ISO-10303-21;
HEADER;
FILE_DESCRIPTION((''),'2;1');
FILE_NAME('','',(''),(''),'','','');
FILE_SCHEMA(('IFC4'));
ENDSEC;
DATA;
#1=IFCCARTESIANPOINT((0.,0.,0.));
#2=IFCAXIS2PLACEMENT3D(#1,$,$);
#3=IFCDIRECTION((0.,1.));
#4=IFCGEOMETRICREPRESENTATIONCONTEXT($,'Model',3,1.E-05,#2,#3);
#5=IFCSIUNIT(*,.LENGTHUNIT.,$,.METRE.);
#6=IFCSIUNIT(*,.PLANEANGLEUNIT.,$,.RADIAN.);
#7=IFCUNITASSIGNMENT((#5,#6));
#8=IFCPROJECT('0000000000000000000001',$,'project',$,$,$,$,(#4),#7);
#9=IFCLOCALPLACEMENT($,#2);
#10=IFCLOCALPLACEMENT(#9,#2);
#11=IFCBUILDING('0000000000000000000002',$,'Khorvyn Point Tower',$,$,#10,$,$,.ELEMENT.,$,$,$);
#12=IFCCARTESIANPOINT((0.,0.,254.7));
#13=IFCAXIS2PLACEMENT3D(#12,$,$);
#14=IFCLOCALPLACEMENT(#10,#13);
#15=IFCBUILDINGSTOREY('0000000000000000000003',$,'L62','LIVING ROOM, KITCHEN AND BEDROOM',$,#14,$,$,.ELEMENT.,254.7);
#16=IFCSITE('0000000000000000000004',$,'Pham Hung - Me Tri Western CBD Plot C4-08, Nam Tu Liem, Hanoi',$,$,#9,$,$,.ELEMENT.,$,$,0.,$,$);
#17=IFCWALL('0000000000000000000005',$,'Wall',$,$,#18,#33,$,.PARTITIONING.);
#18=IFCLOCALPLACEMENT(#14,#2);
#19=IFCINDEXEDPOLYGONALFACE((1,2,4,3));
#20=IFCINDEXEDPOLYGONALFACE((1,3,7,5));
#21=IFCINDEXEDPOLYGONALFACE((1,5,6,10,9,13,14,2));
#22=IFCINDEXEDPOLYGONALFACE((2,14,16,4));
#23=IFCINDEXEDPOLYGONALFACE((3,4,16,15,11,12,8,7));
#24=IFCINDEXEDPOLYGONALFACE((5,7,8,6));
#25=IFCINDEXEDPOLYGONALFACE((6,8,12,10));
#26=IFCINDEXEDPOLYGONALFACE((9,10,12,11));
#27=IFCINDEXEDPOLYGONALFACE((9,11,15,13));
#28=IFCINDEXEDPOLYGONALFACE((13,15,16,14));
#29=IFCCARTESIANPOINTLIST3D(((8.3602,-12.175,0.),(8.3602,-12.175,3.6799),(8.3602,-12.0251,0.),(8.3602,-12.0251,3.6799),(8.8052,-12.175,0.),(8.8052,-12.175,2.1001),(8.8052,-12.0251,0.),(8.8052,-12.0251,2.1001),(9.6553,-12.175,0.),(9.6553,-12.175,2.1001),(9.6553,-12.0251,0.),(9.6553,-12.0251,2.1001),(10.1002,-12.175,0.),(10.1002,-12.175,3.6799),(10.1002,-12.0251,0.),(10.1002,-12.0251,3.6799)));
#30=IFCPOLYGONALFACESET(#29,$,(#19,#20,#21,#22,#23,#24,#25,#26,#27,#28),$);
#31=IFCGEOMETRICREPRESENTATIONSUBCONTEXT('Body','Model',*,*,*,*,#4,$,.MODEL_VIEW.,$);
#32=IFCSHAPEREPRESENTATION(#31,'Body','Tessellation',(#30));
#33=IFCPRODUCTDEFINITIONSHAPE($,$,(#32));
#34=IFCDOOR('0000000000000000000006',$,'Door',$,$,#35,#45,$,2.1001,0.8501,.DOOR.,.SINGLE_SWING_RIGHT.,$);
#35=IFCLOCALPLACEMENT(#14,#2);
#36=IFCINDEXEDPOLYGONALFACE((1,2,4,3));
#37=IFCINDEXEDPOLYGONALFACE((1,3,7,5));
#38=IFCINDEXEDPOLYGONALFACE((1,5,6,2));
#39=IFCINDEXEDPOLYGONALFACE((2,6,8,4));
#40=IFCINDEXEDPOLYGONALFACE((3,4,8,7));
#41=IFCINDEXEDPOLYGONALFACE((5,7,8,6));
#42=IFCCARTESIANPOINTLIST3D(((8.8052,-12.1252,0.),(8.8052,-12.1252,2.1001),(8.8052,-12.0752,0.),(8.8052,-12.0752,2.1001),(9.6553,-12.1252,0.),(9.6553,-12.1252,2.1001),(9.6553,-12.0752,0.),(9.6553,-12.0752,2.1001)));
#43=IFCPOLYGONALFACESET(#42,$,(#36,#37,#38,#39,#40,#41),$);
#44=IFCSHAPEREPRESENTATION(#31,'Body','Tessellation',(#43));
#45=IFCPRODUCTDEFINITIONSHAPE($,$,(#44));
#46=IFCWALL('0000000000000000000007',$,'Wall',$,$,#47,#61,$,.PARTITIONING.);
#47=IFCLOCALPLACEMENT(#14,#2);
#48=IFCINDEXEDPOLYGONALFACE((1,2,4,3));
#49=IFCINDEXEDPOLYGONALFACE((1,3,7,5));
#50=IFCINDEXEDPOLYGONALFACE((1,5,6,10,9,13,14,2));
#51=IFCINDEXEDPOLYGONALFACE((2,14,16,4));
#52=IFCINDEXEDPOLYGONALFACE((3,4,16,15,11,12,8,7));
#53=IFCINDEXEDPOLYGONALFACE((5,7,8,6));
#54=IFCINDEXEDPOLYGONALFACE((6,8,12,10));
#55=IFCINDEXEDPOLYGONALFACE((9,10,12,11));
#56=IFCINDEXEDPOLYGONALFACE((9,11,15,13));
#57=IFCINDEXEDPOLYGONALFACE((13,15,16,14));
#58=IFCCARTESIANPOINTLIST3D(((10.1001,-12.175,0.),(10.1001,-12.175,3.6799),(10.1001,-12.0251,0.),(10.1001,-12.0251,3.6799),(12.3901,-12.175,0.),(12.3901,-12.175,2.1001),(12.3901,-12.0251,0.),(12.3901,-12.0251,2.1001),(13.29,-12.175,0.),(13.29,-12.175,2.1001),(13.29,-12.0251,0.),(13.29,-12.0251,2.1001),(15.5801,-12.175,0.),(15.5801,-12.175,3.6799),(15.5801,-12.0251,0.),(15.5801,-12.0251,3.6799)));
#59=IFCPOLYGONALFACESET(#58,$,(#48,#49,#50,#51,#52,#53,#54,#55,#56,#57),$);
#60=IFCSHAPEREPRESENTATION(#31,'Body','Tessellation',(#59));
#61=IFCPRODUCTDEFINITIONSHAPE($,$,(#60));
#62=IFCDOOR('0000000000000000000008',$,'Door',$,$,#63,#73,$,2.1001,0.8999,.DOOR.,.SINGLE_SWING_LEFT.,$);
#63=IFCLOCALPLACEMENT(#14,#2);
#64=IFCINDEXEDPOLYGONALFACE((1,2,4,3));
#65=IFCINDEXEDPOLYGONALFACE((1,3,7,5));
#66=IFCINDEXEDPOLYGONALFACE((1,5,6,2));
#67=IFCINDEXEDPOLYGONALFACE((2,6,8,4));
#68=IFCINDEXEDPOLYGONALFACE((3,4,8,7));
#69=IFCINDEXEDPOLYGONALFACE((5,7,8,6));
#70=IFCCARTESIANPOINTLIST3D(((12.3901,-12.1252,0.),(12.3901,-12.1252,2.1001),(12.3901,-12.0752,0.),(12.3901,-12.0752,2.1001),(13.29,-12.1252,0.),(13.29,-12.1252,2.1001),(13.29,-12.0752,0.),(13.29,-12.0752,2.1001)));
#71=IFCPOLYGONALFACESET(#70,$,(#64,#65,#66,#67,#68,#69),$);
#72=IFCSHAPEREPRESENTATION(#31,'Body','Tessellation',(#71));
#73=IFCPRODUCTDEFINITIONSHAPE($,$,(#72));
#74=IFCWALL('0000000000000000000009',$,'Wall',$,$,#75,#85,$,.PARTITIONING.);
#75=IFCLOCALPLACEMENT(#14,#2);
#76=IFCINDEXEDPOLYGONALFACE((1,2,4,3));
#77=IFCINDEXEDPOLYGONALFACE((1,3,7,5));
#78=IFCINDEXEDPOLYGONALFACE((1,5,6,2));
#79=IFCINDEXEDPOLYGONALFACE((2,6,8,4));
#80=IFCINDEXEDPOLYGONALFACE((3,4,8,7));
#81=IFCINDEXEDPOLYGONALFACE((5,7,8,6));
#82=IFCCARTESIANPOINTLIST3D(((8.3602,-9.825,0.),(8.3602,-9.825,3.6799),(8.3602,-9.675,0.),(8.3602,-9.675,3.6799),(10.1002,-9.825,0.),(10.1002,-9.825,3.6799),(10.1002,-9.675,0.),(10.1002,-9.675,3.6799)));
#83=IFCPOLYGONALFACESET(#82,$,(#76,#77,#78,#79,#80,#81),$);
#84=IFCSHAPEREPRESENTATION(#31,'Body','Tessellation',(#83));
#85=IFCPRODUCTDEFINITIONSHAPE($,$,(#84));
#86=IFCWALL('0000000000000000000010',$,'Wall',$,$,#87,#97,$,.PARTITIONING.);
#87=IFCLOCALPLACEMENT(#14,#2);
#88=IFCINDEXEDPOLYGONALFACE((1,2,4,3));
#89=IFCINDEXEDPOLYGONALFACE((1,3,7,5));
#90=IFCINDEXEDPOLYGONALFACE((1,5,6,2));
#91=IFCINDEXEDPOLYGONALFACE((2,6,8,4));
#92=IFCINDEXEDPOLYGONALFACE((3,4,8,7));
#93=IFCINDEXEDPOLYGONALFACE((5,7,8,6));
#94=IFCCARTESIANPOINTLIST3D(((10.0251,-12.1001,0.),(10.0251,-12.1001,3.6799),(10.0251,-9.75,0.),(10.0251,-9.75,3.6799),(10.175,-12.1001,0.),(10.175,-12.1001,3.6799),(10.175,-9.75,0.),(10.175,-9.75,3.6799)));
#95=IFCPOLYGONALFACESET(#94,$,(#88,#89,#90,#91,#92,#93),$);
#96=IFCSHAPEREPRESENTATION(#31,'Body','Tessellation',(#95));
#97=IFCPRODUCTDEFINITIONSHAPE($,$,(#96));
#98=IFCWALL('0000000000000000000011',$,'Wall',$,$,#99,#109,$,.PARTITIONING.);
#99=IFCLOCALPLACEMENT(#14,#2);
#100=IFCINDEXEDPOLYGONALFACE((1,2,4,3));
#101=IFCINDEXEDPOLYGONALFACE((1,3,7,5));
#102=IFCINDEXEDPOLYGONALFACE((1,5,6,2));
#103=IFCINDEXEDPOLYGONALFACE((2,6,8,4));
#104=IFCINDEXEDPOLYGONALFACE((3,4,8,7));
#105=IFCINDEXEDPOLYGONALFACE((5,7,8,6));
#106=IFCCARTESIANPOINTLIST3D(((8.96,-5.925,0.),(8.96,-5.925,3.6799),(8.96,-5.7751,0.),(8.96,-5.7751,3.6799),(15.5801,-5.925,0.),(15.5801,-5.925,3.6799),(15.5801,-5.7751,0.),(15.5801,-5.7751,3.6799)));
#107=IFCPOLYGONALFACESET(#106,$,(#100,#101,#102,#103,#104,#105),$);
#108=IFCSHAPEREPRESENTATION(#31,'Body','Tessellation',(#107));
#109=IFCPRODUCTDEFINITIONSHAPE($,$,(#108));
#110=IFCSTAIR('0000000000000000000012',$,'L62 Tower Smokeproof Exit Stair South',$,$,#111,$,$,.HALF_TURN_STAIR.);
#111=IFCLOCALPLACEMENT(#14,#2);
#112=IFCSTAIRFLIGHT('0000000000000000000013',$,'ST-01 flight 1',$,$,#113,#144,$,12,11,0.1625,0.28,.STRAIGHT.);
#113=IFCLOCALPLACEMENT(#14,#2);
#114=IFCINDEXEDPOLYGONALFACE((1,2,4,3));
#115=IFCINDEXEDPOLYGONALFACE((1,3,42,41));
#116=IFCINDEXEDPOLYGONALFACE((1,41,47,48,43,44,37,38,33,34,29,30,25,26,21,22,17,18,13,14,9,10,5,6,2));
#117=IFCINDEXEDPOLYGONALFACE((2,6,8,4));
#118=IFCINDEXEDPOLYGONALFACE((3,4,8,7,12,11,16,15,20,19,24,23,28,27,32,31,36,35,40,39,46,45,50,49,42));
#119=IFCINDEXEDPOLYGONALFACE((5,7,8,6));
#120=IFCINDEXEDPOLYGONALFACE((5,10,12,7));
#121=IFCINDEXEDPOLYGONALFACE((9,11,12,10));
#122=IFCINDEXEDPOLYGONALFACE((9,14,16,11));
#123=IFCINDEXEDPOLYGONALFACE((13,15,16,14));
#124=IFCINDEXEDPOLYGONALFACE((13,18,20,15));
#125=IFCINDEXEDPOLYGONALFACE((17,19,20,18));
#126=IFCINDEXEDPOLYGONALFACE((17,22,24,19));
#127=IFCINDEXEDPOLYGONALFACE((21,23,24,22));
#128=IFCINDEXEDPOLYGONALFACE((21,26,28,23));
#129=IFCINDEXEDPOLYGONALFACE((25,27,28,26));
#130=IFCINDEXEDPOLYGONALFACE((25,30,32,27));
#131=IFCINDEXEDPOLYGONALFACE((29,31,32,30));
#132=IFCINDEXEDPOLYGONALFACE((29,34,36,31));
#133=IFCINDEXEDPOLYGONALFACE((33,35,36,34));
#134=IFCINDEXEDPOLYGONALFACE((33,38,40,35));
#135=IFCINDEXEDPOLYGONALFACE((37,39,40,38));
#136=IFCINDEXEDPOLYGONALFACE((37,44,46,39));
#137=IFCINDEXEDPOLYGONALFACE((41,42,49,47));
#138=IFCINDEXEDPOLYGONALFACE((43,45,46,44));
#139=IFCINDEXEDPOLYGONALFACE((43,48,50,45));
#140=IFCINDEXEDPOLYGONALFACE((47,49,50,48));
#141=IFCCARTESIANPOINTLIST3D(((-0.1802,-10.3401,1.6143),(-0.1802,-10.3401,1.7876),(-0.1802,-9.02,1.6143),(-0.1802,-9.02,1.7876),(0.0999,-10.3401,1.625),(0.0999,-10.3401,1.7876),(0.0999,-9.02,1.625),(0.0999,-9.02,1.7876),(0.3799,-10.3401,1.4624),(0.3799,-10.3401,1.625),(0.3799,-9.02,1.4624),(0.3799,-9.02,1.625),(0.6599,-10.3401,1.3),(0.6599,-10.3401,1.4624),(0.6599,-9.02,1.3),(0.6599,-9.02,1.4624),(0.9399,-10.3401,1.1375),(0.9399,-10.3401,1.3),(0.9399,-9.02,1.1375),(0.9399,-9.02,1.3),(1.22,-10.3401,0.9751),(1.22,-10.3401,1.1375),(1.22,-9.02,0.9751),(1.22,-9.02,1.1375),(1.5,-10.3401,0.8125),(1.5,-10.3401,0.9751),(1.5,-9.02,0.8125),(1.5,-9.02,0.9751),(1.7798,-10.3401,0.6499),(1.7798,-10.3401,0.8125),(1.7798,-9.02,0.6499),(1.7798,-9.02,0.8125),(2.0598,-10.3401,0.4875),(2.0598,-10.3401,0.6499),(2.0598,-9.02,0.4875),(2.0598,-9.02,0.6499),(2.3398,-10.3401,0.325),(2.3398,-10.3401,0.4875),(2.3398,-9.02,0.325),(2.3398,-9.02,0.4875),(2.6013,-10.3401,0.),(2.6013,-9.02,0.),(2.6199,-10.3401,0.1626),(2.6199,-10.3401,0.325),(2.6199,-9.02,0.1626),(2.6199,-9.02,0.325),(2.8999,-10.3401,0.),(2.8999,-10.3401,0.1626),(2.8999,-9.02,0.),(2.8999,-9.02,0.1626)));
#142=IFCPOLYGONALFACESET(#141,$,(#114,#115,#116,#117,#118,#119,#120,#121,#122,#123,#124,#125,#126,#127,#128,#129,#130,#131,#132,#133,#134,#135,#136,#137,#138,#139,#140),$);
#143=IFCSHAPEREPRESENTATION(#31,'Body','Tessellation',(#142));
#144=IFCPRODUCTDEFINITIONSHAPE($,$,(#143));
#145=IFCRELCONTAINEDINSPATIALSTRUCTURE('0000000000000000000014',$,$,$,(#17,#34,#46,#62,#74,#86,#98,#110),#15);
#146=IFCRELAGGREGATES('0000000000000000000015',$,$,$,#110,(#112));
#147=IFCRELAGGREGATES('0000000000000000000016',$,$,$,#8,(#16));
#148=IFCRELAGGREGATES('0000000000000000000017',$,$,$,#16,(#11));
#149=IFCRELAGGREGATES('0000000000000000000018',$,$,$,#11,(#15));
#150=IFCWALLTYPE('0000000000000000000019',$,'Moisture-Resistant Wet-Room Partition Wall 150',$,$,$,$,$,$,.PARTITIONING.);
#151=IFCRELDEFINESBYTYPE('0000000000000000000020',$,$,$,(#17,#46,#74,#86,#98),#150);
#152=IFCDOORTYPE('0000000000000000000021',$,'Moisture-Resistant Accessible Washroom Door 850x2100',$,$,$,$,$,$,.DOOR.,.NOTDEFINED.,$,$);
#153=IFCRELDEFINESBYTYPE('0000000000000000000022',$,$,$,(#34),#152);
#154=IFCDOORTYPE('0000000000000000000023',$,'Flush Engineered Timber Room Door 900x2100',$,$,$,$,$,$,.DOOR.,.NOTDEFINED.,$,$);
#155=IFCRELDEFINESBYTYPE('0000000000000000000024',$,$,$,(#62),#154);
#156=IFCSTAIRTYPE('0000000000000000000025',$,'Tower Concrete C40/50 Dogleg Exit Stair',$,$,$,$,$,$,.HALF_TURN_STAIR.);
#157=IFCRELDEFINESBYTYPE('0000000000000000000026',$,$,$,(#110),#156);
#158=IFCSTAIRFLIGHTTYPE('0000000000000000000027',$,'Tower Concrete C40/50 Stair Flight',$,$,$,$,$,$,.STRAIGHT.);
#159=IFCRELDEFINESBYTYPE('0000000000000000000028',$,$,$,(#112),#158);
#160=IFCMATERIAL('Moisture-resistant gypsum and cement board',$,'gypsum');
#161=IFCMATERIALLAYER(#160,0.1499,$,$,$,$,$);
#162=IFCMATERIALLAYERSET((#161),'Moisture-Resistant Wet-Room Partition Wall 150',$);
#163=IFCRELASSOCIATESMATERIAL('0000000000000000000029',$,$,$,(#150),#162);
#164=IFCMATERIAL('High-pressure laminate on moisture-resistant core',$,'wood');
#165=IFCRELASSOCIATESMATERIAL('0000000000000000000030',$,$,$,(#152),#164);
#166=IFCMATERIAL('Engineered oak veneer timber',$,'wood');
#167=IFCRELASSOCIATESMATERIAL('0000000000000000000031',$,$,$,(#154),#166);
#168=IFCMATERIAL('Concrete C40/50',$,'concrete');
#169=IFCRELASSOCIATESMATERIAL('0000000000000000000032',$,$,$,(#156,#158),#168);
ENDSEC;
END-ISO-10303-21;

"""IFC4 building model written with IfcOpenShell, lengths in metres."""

from ifc_helpers import new_model, si_unit, direction, frame, frame_2d, origin, place, context, subcontext, project, spatial, polyline, rectangle, outline, extrude, material, layer, layer_set, type_object, element, fill, aggregate, save


model = new_model("IFC4")

# Units and contexts
model_context = context("Model", 3, precision=1e-05, world=origin(), true_north=direction((0.0, 1.0)))
body_context = subcontext(model_context, "Body", "Model", "MODEL_VIEW")
ifc_project = project(units=[si_unit("LENGTHUNIT", "METRE"), si_unit("PLANEANGLEUNIT", "RADIAN")], contexts=[model_context])

# Site, building, storey
site_placement = place(None, origin())
site = spatial("IfcSite", under=ifc_project, at=site_placement, Name="Pham Hung - Me Tri Western CBD Plot C4-08, Nam Tu Liem, Hanoi", CompositionType="ELEMENT", RefElevation=0.0)
building_placement = place(site_placement, origin())
building = spatial("IfcBuilding", under=site, at=building_placement, Name="Khorvyn Point Tower", CompositionType="ELEMENT")
storey_placement = place(building_placement, frame((0.0, 0.0, 254.7)))
storey = spatial("IfcBuildingStorey", under=building, at=storey_placement, Name="L62", Description="LIVING ROOM, KITCHEN AND BEDROOM", CompositionType="ELEMENT", Elevation=254.7)

# Shared definitions
ifc_material_1 = material(Name="Concrete C40/50", Category="concrete")

# Walls, openings, doors
ifc_material_2 = material(Name="Moisture-resistant gypsum and cement board", Category="gypsum")
ifc_layer_1 = layer(ifc_material_2, 0.1499)
ifc_layer_set_1 = layer_set([ifc_layer_1], Name="Moisture-Resistant Wet-Room Partition Wall 150")
wall_type_1 = type_object("IfcWallType", Name="Moisture-Resistant Wet-Room Partition Wall 150", PredefinedType="PARTITIONING", material=ifc_layer_set_1)
wall_1_placement = place(storey_placement, frame((8.3601, -12.1001, 0.0), z_axis=(0.0, 0.0, 1.0), x_axis=(1.0, 0.0, 0.0)))
wall_1 = element("IfcWall", 1, at=wall_1_placement, inside=storey, type_object=wall_type_1, Name="Wall", PredefinedType="PARTITIONING", context=body_context, shape_type="SweptSolid", body=[
    extrude(rectangle(XDim=1.74, YDim=0.1499, at=frame_2d((0.8701, 0.0))), origin(), (0.0, 0.0, 1.0), 3.6799),
])
opening_1_placement = place(wall_1_placement, frame((0.4451, 0.0, 0.0)))
opening_1 = element("IfcOpeningElement", 2, at=opening_1_placement, cuts=wall_1, PredefinedType="OPENING", context=body_context, shape_type="SweptSolid", body=[
    extrude(rectangle(XDim=0.8501, YDim=2.1001, at=frame_2d((0.425, 1.05))), frame((0.0, 0.085, 0.0), z_axis=(0.0, -1.0, 0.0), x_axis=(1.0, 0.0, 0.0)), (0.0, 0.0, 1.0), 0.1699),
])
ifc_material_3 = material(Name="High-pressure laminate on moisture-resistant core", Category="wood")
door_type_1 = type_object("IfcDoorType", Name="Moisture-Resistant Accessible Washroom Door 850x2100", OperationType="NOTDEFINED", PredefinedType="DOOR", material=ifc_material_3)
door_1_placement = place(opening_1_placement, origin())
door_1 = element("IfcDoor", 3, at=door_1_placement, inside=storey, type_object=door_type_1, Name="Door", OperationType="SINGLE_SWING_RIGHT", OverallHeight=2.1001, OverallWidth=0.8501, PredefinedType="DOOR", context=body_context, shape_type="SweptSolid", body=[
    extrude(rectangle(XDim=0.8501, YDim=2.1001, at=frame_2d((0.425, 1.05))), frame((0.0, 0.0249, 0.0), z_axis=(0.0, -1.0, 0.0), x_axis=(1.0, 0.0, 0.0)), (0.0, 0.0, 1.0), 0.05),
])
fill(opening_1, door_1)
wall_2_placement = place(storey_placement, frame((10.1001, -12.1001, 0.0), z_axis=(0.0, 0.0, 1.0), x_axis=(1.0, 0.0, 0.0)))
wall_2 = element("IfcWall", 4, at=wall_2_placement, inside=storey, type_object=wall_type_1, Name="Wall", PredefinedType="PARTITIONING", context=body_context, shape_type="SweptSolid", body=[
    extrude(rectangle(XDim=5.48, YDim=0.1499, at=frame_2d((2.74, 0.0))), origin(), (0.0, 0.0, 1.0), 3.6799),
])
opening_2_placement = place(wall_2_placement, frame((2.29, 0.0, 0.0)))
opening_2 = element("IfcOpeningElement", 5, at=opening_2_placement, cuts=wall_2, PredefinedType="OPENING", context=body_context, shape_type="SweptSolid", body=[
    extrude(rectangle(XDim=0.8999, YDim=2.1001, at=frame_2d((0.45, 1.05))), frame((0.0, 0.085, 0.0), z_axis=(0.0, -1.0, 0.0), x_axis=(1.0, 0.0, 0.0)), (0.0, 0.0, 1.0), 0.1699),
])
ifc_material_4 = material(Name="Engineered oak veneer timber", Category="wood")
door_type_2 = type_object("IfcDoorType", Name="Flush Engineered Timber Room Door 900x2100", OperationType="NOTDEFINED", PredefinedType="DOOR", material=ifc_material_4)
door_2_placement = place(opening_2_placement, origin())
door_2 = element("IfcDoor", 6, at=door_2_placement, inside=storey, type_object=door_type_2, Name="Door", OperationType="SINGLE_SWING_LEFT", OverallHeight=2.1001, OverallWidth=0.8999, PredefinedType="DOOR", context=body_context, shape_type="SweptSolid", body=[
    extrude(rectangle(XDim=0.8999, YDim=2.1001, at=frame_2d((0.45, 1.05))), frame((0.0, 0.0249, 0.0), z_axis=(0.0, -1.0, 0.0), x_axis=(1.0, 0.0, 0.0)), (0.0, 0.0, 1.0), 0.05),
])
fill(opening_2, door_2)

# Walls
wall_3_placement = place(storey_placement, frame((8.3601, -9.75, 0.0), z_axis=(0.0, 0.0, 1.0), x_axis=(1.0, 0.0, 0.0)))
element("IfcWall", 7, at=wall_3_placement, inside=storey, type_object=wall_type_1, Name="Wall", PredefinedType="PARTITIONING", context=body_context, shape_type="SweptSolid", body=[
    extrude(rectangle(XDim=1.74, YDim=0.1499, at=frame_2d((0.8701, 0.0))), origin(), (0.0, 0.0, 1.0), 3.6799),
])
wall_4_placement = place(storey_placement, frame((10.1001, -12.1001, 0.0), z_axis=(0.0, 0.0, 1.0), x_axis=(0.0, 1.0, 0.0)))
element("IfcWall", 8, at=wall_4_placement, inside=storey, type_object=wall_type_1, Name="Wall", PredefinedType="PARTITIONING", context=body_context, shape_type="SweptSolid", body=[
    extrude(rectangle(XDim=2.3501, YDim=0.1499, at=frame_2d((1.175, 0.0))), origin(), (0.0, 0.0, 1.0), 3.6799),
])
wall_5_placement = place(storey_placement, frame((8.96, -5.8501, 0.0), z_axis=(0.0, 0.0, 1.0), x_axis=(1.0, 0.0, 0.0)))
element("IfcWall", 9, at=wall_5_placement, inside=storey, type_object=wall_type_1, Name="Wall", PredefinedType="PARTITIONING", context=body_context, shape_type="SweptSolid", body=[
    extrude(rectangle(XDim=6.6201, YDim=0.1499, at=frame_2d((3.3101, 0.0))), origin(), (0.0, 0.0, 1.0), 3.6799),
])

# Stair, stair flight
stair_type = type_object("IfcStairType", Name="Tower Concrete C40/50 Dogleg Exit Stair", PredefinedType="HALF_TURN_STAIR", material=ifc_material_1)
stair_placement = place(storey_placement, origin())
stair = element("IfcStair", 10, at=stair_placement, inside=storey, type_object=stair_type, Name="L62 Tower Smokeproof Exit Stair South", PredefinedType="HALF_TURN_STAIR")
stair_flight_type = type_object("IfcStairFlightType", Name="Tower Concrete C40/50 Stair Flight", PredefinedType="STRAIGHT", material=ifc_material_1)
stair_flight_placement = place(storey_placement, frame((2.8999, -9.6799, 0.0), z_axis=(0.0, 0.0, 1.0), x_axis=(-1.0, 0.0, 0.0)))
stair_flight = element("IfcStairFlight", 11, at=stair_flight_placement, type_object=stair_flight_type, Name="ST-01 flight 1", NumberOfRisers=12, NumberOfTreads=11, PredefinedType="STRAIGHT", RiserHeight=0.1625, TreadLength=0.28, context=body_context, shape_type="SweptSolid", body=[
    extrude(outline(polyline([(0.0, 0.0), (0.0, 0.1626), (0.28, 0.1626), (0.28, 0.325), (0.5601, 0.325), (0.5601, 0.4875), (0.8401, 0.4875), (0.8401, 0.6499), (1.1201, 0.6499), (1.1201, 0.8125), (1.3999, 0.8125), (1.3999, 0.9751), (1.6799, 0.9751), (1.6799, 1.1375), (1.96, 1.1375), (1.96, 1.3), (2.24, 1.3), (2.24, 1.4624), (2.52, 1.4624), (2.52, 1.625), (2.8, 1.625), (2.8, 1.7876), (3.0801, 1.7876), (3.0801, 1.95), (3.0801, 1.6143), (0.2986, 0.0), (0.0, 0.0)])), frame((0.0, 0.6602, 0.0), z_axis=(0.0, -1.0, 0.0), x_axis=(1.0, 0.0, 0.0)), (0.0, 0.0, 1.0), 1.3201),
])
aggregate(stair, [stair_flight])

save(model, "model.ifc")
